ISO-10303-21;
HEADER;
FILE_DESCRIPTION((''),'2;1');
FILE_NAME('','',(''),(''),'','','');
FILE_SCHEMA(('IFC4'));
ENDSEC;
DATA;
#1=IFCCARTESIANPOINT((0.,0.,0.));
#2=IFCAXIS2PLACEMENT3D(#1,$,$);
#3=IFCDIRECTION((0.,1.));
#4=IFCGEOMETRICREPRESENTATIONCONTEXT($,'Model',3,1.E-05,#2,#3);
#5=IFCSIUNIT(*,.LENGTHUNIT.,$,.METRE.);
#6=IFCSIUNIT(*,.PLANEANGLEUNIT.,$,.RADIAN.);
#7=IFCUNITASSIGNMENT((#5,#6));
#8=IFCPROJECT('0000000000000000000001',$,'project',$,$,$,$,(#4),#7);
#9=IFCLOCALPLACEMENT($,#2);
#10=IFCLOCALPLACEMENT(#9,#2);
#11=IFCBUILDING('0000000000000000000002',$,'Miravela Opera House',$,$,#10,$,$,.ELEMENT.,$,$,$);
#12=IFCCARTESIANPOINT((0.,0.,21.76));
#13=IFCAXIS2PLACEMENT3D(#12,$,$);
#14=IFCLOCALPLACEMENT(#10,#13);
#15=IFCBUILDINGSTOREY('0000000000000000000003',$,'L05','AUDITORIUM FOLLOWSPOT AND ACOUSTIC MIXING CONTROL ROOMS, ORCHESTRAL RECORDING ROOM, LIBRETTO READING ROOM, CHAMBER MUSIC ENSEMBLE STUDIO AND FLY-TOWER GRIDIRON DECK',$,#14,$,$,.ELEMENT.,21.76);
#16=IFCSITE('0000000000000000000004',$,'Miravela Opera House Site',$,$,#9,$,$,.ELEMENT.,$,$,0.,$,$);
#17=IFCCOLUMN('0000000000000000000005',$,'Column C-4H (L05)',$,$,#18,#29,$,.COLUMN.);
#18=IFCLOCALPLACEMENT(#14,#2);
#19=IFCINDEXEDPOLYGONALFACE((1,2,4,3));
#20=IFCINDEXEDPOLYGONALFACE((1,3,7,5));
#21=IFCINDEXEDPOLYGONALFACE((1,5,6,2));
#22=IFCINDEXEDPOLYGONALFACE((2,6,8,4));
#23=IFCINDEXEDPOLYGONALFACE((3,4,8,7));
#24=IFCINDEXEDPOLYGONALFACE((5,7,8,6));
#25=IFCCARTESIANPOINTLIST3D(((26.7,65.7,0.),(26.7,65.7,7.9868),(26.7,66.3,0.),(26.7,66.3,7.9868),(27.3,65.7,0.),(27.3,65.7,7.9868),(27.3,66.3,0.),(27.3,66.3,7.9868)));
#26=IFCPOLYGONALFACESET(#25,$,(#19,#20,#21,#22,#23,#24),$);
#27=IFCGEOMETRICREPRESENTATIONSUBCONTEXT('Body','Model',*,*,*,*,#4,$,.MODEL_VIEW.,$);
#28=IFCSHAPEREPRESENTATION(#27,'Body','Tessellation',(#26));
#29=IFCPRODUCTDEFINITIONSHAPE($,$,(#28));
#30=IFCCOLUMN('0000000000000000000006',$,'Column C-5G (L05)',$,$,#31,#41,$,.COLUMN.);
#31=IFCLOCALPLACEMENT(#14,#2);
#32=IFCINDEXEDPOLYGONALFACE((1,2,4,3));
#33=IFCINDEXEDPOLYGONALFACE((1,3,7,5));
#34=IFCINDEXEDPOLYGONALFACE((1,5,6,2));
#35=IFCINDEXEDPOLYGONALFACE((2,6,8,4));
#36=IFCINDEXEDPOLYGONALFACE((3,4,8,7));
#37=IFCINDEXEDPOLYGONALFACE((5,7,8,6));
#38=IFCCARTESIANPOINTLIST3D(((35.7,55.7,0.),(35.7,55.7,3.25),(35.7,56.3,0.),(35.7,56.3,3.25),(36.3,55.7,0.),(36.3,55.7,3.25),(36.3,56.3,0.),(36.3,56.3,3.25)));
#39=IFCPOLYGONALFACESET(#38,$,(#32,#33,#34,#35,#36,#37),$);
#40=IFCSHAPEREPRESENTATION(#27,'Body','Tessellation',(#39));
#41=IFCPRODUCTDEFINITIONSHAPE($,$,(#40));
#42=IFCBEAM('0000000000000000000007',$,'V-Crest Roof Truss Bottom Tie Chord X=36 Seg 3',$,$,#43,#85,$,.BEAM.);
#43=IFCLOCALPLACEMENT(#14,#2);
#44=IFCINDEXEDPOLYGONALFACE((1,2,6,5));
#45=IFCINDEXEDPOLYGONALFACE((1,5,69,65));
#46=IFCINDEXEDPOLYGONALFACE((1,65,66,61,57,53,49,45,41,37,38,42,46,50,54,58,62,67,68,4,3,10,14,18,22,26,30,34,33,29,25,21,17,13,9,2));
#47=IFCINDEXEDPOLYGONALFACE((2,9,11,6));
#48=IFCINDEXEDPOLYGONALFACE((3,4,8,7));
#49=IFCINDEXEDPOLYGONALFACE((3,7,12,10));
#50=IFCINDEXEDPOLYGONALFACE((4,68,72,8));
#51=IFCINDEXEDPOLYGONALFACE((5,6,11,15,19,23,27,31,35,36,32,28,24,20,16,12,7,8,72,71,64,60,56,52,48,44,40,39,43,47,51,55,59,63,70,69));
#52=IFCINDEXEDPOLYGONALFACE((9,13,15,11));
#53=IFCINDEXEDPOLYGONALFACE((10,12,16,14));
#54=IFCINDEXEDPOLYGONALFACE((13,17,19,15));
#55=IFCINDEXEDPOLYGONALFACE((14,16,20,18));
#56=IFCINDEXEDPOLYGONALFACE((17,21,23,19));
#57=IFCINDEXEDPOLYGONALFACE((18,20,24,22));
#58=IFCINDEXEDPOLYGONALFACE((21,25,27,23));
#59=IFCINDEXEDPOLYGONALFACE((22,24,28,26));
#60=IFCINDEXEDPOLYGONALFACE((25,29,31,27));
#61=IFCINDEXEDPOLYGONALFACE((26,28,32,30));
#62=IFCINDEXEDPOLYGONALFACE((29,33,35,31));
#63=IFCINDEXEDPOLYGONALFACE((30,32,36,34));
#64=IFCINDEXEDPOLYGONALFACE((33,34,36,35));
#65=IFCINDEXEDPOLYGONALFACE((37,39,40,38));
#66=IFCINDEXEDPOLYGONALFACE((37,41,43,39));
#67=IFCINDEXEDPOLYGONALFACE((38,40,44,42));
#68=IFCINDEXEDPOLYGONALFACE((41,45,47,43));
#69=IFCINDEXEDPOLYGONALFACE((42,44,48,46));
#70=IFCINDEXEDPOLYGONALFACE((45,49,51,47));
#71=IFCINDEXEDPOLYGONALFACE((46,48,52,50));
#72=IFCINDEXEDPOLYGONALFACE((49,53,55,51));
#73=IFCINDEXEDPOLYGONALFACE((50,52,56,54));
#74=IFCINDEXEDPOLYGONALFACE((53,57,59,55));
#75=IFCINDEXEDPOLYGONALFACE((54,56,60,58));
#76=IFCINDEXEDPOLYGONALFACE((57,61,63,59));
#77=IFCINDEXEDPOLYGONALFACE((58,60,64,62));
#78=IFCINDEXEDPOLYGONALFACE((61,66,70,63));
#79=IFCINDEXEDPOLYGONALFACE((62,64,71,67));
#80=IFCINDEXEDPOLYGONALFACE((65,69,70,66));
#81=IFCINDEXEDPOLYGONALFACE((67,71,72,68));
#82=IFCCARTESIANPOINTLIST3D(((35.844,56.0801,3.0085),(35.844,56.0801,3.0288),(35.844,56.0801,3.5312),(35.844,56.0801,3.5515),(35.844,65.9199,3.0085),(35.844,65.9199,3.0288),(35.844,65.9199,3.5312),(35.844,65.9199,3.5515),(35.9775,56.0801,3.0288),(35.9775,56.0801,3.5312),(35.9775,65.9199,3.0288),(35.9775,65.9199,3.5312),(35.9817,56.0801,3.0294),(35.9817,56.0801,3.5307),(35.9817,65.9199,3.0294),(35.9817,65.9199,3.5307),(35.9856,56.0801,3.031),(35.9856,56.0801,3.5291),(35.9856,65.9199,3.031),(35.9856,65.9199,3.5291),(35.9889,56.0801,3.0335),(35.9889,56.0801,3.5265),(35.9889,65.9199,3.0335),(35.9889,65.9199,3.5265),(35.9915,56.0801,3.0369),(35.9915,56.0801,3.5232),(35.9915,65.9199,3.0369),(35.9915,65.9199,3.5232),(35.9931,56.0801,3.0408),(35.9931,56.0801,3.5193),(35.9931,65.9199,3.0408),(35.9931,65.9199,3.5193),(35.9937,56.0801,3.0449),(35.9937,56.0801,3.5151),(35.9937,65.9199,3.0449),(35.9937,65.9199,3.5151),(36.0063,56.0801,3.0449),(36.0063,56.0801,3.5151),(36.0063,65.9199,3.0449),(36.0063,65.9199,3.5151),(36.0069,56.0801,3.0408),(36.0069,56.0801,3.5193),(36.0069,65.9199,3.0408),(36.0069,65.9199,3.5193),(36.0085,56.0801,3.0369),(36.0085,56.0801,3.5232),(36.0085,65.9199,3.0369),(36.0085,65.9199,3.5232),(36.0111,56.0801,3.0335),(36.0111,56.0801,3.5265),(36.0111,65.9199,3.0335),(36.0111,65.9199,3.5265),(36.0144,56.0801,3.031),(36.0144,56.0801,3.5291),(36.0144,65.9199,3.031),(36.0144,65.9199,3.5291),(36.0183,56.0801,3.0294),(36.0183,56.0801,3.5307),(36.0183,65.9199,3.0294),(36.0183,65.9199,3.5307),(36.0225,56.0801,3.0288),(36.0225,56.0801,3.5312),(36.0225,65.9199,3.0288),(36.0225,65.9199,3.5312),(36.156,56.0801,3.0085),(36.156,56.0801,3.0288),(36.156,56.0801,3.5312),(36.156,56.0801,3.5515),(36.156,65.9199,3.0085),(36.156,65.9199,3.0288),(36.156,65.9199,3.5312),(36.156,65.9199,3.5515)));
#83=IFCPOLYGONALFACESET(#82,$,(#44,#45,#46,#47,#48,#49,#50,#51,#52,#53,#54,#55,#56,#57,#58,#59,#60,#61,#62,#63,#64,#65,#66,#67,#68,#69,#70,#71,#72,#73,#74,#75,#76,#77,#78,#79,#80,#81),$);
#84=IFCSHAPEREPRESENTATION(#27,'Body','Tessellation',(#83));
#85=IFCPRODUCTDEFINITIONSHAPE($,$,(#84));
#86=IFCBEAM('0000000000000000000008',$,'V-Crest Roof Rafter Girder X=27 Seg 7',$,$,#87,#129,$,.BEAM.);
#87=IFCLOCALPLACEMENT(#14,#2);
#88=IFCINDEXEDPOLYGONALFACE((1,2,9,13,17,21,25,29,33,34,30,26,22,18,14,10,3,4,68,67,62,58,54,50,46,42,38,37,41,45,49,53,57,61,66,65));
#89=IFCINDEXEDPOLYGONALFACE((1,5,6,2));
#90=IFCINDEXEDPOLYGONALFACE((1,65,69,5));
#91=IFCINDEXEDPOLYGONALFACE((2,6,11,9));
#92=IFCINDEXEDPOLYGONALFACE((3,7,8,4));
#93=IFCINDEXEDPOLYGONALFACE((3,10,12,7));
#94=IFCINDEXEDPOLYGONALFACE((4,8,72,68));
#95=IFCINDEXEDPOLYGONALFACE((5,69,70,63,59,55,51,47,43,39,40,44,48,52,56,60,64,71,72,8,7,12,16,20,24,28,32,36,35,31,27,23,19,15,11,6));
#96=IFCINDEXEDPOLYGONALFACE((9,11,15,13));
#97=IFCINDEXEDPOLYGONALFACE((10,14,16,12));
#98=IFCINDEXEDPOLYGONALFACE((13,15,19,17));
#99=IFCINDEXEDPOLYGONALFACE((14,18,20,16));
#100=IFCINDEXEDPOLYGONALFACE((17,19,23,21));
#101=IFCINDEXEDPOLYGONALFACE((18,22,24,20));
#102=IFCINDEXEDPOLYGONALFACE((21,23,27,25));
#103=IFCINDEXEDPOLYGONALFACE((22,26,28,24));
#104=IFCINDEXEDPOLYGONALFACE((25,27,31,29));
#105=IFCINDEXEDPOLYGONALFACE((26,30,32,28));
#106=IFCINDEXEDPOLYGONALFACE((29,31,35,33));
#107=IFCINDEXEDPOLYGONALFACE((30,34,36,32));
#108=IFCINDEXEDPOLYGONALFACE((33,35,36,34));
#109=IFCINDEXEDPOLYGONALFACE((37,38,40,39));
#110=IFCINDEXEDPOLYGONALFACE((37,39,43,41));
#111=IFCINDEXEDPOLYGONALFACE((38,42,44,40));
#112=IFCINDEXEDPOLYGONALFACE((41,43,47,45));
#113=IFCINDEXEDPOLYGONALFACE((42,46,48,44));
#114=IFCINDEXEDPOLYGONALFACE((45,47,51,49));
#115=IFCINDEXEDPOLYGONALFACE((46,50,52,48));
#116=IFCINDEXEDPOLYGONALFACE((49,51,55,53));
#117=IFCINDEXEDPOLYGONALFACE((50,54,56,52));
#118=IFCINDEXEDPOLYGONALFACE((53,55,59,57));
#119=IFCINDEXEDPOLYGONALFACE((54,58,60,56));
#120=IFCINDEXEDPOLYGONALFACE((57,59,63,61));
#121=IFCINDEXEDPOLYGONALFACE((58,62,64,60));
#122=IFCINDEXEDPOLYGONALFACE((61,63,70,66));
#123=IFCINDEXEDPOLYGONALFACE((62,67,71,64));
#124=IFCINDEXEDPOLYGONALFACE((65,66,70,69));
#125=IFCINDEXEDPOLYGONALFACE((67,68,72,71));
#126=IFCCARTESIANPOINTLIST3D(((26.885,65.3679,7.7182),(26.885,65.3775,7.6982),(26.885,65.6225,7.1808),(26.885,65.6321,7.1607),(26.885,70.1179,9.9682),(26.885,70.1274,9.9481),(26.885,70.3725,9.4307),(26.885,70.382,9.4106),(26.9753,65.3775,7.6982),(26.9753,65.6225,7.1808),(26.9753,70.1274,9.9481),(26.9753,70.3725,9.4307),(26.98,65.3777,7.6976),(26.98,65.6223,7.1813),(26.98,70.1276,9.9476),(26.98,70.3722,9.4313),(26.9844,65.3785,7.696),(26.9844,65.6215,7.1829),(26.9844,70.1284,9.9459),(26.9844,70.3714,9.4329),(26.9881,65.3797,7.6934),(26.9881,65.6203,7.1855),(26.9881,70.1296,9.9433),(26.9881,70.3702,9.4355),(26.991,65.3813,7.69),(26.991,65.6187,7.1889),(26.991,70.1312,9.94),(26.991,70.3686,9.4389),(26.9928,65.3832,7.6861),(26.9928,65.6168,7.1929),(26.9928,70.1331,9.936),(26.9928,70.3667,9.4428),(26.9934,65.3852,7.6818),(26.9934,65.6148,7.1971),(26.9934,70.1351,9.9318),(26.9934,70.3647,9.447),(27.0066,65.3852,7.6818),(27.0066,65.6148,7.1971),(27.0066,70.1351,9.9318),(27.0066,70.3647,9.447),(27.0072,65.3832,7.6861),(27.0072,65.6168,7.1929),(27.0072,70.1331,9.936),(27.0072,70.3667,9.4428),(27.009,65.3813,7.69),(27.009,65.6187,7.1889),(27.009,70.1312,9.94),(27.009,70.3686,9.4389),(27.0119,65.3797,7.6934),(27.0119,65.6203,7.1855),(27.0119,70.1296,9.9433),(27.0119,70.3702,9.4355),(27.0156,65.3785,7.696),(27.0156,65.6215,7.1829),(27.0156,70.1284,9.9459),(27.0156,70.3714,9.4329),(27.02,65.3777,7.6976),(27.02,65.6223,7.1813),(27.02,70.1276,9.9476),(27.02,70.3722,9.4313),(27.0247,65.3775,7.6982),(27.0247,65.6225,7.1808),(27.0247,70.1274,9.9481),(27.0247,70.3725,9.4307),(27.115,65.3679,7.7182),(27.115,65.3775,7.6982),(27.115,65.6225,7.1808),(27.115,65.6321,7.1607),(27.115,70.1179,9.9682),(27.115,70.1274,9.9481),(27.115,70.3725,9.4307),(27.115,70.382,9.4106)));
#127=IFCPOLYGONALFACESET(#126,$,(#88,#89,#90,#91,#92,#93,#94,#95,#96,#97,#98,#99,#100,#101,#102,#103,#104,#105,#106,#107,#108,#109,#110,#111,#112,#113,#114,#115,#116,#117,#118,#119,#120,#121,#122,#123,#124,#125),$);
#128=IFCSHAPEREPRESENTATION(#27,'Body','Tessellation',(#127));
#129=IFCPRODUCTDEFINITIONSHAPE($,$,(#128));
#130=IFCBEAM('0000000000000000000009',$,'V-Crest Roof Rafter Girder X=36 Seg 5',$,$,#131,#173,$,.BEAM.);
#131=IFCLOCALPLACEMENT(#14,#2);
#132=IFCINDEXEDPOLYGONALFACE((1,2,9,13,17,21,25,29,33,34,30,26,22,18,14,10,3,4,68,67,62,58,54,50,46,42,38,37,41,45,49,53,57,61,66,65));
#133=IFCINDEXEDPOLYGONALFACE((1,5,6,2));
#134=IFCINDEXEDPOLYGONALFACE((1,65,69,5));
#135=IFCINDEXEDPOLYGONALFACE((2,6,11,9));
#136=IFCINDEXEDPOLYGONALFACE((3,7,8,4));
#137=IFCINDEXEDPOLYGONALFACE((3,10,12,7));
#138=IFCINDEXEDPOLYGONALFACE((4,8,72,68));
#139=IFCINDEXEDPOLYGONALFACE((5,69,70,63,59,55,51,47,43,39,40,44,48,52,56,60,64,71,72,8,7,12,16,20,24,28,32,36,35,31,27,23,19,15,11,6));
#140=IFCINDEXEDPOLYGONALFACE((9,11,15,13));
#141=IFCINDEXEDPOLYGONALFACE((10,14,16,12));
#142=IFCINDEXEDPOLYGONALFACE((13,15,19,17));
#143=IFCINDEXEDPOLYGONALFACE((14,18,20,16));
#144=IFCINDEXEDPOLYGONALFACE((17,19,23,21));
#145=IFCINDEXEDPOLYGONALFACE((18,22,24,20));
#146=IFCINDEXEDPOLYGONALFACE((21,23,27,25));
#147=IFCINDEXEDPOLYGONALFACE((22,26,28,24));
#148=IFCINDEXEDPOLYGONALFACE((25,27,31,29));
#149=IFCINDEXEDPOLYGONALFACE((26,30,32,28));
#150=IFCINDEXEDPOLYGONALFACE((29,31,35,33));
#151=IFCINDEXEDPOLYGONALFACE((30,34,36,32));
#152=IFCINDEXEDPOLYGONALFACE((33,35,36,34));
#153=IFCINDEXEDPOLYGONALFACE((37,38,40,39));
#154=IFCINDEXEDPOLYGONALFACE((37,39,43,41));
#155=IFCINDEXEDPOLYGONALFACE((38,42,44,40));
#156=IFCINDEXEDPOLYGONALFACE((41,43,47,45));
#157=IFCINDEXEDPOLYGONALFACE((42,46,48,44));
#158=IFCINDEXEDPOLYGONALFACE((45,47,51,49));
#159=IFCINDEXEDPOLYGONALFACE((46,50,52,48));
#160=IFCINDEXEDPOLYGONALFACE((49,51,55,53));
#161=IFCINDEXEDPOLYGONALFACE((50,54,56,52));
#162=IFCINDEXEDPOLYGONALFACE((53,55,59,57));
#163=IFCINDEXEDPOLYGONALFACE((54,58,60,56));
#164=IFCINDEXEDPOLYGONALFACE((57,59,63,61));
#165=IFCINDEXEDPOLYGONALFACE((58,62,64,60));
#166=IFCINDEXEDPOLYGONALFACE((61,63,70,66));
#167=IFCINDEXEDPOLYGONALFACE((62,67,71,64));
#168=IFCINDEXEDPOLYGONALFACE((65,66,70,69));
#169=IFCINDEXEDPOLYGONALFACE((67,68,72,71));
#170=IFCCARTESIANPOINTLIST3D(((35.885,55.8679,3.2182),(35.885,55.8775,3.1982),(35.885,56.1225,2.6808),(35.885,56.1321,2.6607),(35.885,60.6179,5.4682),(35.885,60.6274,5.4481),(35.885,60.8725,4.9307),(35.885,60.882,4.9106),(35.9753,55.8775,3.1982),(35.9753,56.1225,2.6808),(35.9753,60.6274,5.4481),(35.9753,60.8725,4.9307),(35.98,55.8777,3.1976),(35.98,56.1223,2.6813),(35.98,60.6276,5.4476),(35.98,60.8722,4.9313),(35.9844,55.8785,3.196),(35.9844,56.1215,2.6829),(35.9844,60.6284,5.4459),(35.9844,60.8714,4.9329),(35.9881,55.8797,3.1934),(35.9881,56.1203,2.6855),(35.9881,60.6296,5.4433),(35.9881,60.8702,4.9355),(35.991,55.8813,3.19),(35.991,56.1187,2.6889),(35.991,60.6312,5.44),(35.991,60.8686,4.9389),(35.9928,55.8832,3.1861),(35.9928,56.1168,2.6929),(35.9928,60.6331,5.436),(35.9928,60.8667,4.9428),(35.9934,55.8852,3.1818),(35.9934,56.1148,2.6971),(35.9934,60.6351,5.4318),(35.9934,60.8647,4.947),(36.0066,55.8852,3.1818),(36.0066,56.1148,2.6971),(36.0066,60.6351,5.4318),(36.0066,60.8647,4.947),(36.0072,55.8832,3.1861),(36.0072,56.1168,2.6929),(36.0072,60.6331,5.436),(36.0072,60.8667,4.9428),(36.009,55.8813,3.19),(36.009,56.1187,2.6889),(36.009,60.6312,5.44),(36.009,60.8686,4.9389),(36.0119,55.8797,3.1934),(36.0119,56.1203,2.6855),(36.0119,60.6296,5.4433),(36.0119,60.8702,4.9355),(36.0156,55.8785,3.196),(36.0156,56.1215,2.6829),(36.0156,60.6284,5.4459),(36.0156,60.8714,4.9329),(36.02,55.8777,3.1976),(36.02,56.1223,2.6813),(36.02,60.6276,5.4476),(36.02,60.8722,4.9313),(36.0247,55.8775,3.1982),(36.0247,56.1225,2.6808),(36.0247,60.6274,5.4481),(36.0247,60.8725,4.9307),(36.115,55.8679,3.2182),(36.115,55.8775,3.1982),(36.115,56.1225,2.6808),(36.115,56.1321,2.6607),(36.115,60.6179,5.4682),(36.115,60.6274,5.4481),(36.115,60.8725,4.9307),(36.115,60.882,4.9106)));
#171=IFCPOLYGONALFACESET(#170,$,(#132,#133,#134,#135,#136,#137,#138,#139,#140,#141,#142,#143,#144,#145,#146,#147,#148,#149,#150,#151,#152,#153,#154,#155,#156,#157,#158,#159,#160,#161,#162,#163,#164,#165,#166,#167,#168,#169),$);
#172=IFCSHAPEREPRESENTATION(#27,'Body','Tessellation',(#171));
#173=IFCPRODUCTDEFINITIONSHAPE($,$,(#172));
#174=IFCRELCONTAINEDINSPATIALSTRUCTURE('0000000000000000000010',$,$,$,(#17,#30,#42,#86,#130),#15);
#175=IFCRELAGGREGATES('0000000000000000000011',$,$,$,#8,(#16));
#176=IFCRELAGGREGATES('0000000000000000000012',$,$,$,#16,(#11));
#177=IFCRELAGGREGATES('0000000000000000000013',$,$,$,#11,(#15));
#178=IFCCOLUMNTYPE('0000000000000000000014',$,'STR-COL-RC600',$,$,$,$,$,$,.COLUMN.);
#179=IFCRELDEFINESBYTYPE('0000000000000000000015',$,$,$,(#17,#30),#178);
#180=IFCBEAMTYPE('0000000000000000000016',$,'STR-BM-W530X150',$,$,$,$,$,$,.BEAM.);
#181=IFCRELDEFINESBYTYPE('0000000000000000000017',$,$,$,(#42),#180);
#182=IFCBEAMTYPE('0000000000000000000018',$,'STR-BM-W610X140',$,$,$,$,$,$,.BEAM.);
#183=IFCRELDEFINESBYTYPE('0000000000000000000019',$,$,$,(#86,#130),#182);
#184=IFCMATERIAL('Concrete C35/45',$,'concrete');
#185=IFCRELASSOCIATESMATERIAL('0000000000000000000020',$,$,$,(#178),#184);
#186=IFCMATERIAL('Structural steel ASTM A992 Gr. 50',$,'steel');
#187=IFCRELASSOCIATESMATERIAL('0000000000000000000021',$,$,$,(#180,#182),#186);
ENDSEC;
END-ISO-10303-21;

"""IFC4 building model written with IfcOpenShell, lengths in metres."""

from ifc_helpers import new_model, si_unit, direction, frame, origin, origin_2d, place, context, subcontext, project, spatial, rectangle, i_section, extrude, material, material_profile, profile_set, type_object, element, save


model = new_model("IFC4")

# Units and contexts
model_context = context("Model", 3, precision=1e-05, world=origin(), true_north=direction((0.0, 1.0)))
body_context = subcontext(model_context, "Body", "Model", "MODEL_VIEW")
ifc_project = project(units=[si_unit("LENGTHUNIT", "METRE"), si_unit("PLANEANGLEUNIT", "RADIAN")], contexts=[model_context])

# Site, building, storey
site_placement = place(None, origin())
site = spatial("IfcSite", under=ifc_project, at=site_placement, Name="Miravela Opera House Site", CompositionType="ELEMENT", RefElevation=0.0)
building_placement = place(site_placement, origin())
building = spatial("IfcBuilding", under=site, at=building_placement, Name="Miravela Opera House", CompositionType="ELEMENT")
storey_placement = place(building_placement, frame((0.0, 0.0, 21.76)))
storey = spatial("IfcBuildingStorey", under=building, at=storey_placement, Name="L05", Description="AUDITORIUM FOLLOWSPOT AND ACOUSTIC MIXING CONTROL ROOMS, ORCHESTRAL RECORDING ROOM, LIBRETTO READING ROOM, CHAMBER MUSIC ENSEMBLE STUDIO AND FLY-TOWER GRIDIRON DECK", CompositionType="ELEMENT", Elevation=21.76)

# Columns
ifc_material_1 = material(Name="Concrete C35/45", Category="concrete")
ifc_material_profile_1 = material_profile(ifc_material_1, rectangle(XDim=0.6001, YDim=0.6001, at=origin_2d()), Name="RC-COL-600X600")
ifc_profile_set_1 = profile_set([ifc_material_profile_1])
column_type = type_object("IfcColumnType", Name="STR-COL-RC600", PredefinedType="COLUMN", material=ifc_profile_set_1)
column_1_placement = place(storey_placement, frame((27.0, 66.0, 0.0), z_axis=(0.0, 0.0, 1.0), x_axis=(1.0, 0.0, 0.0)))
element("IfcColumn", 1, at=column_1_placement, inside=storey, type_object=column_type, Name="Column C-4H (L05)", PredefinedType="COLUMN", context=body_context, shape_type="SweptSolid", body=[
    extrude(rectangle(XDim=0.6001, YDim=0.6001, at=origin_2d()), origin(), (0.0, 0.0, 1.0), 7.9868),
])
column_2_placement = place(storey_placement, frame((36.0, 56.0, 0.0), z_axis=(0.0, 0.0, 1.0), x_axis=(1.0, 0.0, 0.0)))
element("IfcColumn", 2, at=column_2_placement, inside=storey, type_object=column_type, Name="Column C-5G (L05)", PredefinedType="COLUMN", context=body_context, shape_type="SweptSolid", body=[
    extrude(rectangle(XDim=0.6001, YDim=0.6001, at=origin_2d()), origin(), (0.0, 0.0, 1.0), 3.25),
])

# Beams
ifc_material_2 = material(Name="Structural steel ASTM A992 Gr. 50", Category="steel")
ifc_material_profile_2 = material_profile(ifc_material_2, i_section(OverallWidth=0.312, OverallDepth=0.543, WebThickness=0.0127, FlangeThickness=0.0203, FilletRadius=0.0161, at=origin_2d()), Name="W530X150")
ifc_profile_set_2 = profile_set([ifc_material_profile_2])
beam_type_1 = type_object("IfcBeamType", Name="STR-BM-W530X150", PredefinedType="BEAM", material=ifc_profile_set_2)
beam_placement = place(storey_placement, frame((36.0, 56.0801, 3.28), z_axis=(0.0, 1.0, 0.0), x_axis=(-1.0, 0.0, 0.0)))
element("IfcBeam", 3, at=beam_placement, inside=storey, type_object=beam_type_1, Name="V-Crest Roof Truss Bottom Tie Chord X=36 Seg 3", PredefinedType="BEAM", context=body_context, shape_type="SweptSolid", body=[
    extrude(i_section(OverallWidth=0.312, OverallDepth=0.543, WebThickness=0.0127, FlangeThickness=0.0203, FilletRadius=0.0161, at=origin_2d()), origin(), (0.0, 0.0, 1.0), 9.8398),
])
ifc_material_profile_3 = material_profile(ifc_material_2, i_section(OverallWidth=0.23, OverallDepth=0.6169, WebThickness=0.0132, FlangeThickness=0.0222, FilletRadius=0.0181, at=origin_2d()), Name="W610X140")
ifc_profile_set_3 = profile_set([ifc_material_profile_3])
beam_type_2 = type_object("IfcBeamType", Name="STR-BM-W610X140", PredefinedType="BEAM", material=ifc_profile_set_3)
for number, where, z_axis, x_axis, name in (
    (4, (27.0, 65.5, 7.4395), (0.0, 0.903738, 0.428086), (-1.0, 0.0, 0.0), "V-Crest Roof Rafter Girder X=27 Seg 7"),
    (5, (36.0, 56.0, 2.9395), (0.0, 0.903738, 0.428086), (-1.0, 0.0, 0.0), "V-Crest Roof Rafter Girder X=36 Seg 5"),
):
    element("IfcBeam", number, at=place(storey_placement, frame(where, z_axis=z_axis, x_axis=x_axis)), inside=storey, type_object=beam_type_2, Name=name, PredefinedType="BEAM", context=body_context, shape_type="SweptSolid", body=[
        extrude(i_section(OverallWidth=0.23, OverallDepth=0.6169, WebThickness=0.0132, FlangeThickness=0.0222, FilletRadius=0.0181, at=origin_2d()), origin(), (0.0, 0.0, 1.0), 5.2559),
    ])

save(model, "model.ifc")
